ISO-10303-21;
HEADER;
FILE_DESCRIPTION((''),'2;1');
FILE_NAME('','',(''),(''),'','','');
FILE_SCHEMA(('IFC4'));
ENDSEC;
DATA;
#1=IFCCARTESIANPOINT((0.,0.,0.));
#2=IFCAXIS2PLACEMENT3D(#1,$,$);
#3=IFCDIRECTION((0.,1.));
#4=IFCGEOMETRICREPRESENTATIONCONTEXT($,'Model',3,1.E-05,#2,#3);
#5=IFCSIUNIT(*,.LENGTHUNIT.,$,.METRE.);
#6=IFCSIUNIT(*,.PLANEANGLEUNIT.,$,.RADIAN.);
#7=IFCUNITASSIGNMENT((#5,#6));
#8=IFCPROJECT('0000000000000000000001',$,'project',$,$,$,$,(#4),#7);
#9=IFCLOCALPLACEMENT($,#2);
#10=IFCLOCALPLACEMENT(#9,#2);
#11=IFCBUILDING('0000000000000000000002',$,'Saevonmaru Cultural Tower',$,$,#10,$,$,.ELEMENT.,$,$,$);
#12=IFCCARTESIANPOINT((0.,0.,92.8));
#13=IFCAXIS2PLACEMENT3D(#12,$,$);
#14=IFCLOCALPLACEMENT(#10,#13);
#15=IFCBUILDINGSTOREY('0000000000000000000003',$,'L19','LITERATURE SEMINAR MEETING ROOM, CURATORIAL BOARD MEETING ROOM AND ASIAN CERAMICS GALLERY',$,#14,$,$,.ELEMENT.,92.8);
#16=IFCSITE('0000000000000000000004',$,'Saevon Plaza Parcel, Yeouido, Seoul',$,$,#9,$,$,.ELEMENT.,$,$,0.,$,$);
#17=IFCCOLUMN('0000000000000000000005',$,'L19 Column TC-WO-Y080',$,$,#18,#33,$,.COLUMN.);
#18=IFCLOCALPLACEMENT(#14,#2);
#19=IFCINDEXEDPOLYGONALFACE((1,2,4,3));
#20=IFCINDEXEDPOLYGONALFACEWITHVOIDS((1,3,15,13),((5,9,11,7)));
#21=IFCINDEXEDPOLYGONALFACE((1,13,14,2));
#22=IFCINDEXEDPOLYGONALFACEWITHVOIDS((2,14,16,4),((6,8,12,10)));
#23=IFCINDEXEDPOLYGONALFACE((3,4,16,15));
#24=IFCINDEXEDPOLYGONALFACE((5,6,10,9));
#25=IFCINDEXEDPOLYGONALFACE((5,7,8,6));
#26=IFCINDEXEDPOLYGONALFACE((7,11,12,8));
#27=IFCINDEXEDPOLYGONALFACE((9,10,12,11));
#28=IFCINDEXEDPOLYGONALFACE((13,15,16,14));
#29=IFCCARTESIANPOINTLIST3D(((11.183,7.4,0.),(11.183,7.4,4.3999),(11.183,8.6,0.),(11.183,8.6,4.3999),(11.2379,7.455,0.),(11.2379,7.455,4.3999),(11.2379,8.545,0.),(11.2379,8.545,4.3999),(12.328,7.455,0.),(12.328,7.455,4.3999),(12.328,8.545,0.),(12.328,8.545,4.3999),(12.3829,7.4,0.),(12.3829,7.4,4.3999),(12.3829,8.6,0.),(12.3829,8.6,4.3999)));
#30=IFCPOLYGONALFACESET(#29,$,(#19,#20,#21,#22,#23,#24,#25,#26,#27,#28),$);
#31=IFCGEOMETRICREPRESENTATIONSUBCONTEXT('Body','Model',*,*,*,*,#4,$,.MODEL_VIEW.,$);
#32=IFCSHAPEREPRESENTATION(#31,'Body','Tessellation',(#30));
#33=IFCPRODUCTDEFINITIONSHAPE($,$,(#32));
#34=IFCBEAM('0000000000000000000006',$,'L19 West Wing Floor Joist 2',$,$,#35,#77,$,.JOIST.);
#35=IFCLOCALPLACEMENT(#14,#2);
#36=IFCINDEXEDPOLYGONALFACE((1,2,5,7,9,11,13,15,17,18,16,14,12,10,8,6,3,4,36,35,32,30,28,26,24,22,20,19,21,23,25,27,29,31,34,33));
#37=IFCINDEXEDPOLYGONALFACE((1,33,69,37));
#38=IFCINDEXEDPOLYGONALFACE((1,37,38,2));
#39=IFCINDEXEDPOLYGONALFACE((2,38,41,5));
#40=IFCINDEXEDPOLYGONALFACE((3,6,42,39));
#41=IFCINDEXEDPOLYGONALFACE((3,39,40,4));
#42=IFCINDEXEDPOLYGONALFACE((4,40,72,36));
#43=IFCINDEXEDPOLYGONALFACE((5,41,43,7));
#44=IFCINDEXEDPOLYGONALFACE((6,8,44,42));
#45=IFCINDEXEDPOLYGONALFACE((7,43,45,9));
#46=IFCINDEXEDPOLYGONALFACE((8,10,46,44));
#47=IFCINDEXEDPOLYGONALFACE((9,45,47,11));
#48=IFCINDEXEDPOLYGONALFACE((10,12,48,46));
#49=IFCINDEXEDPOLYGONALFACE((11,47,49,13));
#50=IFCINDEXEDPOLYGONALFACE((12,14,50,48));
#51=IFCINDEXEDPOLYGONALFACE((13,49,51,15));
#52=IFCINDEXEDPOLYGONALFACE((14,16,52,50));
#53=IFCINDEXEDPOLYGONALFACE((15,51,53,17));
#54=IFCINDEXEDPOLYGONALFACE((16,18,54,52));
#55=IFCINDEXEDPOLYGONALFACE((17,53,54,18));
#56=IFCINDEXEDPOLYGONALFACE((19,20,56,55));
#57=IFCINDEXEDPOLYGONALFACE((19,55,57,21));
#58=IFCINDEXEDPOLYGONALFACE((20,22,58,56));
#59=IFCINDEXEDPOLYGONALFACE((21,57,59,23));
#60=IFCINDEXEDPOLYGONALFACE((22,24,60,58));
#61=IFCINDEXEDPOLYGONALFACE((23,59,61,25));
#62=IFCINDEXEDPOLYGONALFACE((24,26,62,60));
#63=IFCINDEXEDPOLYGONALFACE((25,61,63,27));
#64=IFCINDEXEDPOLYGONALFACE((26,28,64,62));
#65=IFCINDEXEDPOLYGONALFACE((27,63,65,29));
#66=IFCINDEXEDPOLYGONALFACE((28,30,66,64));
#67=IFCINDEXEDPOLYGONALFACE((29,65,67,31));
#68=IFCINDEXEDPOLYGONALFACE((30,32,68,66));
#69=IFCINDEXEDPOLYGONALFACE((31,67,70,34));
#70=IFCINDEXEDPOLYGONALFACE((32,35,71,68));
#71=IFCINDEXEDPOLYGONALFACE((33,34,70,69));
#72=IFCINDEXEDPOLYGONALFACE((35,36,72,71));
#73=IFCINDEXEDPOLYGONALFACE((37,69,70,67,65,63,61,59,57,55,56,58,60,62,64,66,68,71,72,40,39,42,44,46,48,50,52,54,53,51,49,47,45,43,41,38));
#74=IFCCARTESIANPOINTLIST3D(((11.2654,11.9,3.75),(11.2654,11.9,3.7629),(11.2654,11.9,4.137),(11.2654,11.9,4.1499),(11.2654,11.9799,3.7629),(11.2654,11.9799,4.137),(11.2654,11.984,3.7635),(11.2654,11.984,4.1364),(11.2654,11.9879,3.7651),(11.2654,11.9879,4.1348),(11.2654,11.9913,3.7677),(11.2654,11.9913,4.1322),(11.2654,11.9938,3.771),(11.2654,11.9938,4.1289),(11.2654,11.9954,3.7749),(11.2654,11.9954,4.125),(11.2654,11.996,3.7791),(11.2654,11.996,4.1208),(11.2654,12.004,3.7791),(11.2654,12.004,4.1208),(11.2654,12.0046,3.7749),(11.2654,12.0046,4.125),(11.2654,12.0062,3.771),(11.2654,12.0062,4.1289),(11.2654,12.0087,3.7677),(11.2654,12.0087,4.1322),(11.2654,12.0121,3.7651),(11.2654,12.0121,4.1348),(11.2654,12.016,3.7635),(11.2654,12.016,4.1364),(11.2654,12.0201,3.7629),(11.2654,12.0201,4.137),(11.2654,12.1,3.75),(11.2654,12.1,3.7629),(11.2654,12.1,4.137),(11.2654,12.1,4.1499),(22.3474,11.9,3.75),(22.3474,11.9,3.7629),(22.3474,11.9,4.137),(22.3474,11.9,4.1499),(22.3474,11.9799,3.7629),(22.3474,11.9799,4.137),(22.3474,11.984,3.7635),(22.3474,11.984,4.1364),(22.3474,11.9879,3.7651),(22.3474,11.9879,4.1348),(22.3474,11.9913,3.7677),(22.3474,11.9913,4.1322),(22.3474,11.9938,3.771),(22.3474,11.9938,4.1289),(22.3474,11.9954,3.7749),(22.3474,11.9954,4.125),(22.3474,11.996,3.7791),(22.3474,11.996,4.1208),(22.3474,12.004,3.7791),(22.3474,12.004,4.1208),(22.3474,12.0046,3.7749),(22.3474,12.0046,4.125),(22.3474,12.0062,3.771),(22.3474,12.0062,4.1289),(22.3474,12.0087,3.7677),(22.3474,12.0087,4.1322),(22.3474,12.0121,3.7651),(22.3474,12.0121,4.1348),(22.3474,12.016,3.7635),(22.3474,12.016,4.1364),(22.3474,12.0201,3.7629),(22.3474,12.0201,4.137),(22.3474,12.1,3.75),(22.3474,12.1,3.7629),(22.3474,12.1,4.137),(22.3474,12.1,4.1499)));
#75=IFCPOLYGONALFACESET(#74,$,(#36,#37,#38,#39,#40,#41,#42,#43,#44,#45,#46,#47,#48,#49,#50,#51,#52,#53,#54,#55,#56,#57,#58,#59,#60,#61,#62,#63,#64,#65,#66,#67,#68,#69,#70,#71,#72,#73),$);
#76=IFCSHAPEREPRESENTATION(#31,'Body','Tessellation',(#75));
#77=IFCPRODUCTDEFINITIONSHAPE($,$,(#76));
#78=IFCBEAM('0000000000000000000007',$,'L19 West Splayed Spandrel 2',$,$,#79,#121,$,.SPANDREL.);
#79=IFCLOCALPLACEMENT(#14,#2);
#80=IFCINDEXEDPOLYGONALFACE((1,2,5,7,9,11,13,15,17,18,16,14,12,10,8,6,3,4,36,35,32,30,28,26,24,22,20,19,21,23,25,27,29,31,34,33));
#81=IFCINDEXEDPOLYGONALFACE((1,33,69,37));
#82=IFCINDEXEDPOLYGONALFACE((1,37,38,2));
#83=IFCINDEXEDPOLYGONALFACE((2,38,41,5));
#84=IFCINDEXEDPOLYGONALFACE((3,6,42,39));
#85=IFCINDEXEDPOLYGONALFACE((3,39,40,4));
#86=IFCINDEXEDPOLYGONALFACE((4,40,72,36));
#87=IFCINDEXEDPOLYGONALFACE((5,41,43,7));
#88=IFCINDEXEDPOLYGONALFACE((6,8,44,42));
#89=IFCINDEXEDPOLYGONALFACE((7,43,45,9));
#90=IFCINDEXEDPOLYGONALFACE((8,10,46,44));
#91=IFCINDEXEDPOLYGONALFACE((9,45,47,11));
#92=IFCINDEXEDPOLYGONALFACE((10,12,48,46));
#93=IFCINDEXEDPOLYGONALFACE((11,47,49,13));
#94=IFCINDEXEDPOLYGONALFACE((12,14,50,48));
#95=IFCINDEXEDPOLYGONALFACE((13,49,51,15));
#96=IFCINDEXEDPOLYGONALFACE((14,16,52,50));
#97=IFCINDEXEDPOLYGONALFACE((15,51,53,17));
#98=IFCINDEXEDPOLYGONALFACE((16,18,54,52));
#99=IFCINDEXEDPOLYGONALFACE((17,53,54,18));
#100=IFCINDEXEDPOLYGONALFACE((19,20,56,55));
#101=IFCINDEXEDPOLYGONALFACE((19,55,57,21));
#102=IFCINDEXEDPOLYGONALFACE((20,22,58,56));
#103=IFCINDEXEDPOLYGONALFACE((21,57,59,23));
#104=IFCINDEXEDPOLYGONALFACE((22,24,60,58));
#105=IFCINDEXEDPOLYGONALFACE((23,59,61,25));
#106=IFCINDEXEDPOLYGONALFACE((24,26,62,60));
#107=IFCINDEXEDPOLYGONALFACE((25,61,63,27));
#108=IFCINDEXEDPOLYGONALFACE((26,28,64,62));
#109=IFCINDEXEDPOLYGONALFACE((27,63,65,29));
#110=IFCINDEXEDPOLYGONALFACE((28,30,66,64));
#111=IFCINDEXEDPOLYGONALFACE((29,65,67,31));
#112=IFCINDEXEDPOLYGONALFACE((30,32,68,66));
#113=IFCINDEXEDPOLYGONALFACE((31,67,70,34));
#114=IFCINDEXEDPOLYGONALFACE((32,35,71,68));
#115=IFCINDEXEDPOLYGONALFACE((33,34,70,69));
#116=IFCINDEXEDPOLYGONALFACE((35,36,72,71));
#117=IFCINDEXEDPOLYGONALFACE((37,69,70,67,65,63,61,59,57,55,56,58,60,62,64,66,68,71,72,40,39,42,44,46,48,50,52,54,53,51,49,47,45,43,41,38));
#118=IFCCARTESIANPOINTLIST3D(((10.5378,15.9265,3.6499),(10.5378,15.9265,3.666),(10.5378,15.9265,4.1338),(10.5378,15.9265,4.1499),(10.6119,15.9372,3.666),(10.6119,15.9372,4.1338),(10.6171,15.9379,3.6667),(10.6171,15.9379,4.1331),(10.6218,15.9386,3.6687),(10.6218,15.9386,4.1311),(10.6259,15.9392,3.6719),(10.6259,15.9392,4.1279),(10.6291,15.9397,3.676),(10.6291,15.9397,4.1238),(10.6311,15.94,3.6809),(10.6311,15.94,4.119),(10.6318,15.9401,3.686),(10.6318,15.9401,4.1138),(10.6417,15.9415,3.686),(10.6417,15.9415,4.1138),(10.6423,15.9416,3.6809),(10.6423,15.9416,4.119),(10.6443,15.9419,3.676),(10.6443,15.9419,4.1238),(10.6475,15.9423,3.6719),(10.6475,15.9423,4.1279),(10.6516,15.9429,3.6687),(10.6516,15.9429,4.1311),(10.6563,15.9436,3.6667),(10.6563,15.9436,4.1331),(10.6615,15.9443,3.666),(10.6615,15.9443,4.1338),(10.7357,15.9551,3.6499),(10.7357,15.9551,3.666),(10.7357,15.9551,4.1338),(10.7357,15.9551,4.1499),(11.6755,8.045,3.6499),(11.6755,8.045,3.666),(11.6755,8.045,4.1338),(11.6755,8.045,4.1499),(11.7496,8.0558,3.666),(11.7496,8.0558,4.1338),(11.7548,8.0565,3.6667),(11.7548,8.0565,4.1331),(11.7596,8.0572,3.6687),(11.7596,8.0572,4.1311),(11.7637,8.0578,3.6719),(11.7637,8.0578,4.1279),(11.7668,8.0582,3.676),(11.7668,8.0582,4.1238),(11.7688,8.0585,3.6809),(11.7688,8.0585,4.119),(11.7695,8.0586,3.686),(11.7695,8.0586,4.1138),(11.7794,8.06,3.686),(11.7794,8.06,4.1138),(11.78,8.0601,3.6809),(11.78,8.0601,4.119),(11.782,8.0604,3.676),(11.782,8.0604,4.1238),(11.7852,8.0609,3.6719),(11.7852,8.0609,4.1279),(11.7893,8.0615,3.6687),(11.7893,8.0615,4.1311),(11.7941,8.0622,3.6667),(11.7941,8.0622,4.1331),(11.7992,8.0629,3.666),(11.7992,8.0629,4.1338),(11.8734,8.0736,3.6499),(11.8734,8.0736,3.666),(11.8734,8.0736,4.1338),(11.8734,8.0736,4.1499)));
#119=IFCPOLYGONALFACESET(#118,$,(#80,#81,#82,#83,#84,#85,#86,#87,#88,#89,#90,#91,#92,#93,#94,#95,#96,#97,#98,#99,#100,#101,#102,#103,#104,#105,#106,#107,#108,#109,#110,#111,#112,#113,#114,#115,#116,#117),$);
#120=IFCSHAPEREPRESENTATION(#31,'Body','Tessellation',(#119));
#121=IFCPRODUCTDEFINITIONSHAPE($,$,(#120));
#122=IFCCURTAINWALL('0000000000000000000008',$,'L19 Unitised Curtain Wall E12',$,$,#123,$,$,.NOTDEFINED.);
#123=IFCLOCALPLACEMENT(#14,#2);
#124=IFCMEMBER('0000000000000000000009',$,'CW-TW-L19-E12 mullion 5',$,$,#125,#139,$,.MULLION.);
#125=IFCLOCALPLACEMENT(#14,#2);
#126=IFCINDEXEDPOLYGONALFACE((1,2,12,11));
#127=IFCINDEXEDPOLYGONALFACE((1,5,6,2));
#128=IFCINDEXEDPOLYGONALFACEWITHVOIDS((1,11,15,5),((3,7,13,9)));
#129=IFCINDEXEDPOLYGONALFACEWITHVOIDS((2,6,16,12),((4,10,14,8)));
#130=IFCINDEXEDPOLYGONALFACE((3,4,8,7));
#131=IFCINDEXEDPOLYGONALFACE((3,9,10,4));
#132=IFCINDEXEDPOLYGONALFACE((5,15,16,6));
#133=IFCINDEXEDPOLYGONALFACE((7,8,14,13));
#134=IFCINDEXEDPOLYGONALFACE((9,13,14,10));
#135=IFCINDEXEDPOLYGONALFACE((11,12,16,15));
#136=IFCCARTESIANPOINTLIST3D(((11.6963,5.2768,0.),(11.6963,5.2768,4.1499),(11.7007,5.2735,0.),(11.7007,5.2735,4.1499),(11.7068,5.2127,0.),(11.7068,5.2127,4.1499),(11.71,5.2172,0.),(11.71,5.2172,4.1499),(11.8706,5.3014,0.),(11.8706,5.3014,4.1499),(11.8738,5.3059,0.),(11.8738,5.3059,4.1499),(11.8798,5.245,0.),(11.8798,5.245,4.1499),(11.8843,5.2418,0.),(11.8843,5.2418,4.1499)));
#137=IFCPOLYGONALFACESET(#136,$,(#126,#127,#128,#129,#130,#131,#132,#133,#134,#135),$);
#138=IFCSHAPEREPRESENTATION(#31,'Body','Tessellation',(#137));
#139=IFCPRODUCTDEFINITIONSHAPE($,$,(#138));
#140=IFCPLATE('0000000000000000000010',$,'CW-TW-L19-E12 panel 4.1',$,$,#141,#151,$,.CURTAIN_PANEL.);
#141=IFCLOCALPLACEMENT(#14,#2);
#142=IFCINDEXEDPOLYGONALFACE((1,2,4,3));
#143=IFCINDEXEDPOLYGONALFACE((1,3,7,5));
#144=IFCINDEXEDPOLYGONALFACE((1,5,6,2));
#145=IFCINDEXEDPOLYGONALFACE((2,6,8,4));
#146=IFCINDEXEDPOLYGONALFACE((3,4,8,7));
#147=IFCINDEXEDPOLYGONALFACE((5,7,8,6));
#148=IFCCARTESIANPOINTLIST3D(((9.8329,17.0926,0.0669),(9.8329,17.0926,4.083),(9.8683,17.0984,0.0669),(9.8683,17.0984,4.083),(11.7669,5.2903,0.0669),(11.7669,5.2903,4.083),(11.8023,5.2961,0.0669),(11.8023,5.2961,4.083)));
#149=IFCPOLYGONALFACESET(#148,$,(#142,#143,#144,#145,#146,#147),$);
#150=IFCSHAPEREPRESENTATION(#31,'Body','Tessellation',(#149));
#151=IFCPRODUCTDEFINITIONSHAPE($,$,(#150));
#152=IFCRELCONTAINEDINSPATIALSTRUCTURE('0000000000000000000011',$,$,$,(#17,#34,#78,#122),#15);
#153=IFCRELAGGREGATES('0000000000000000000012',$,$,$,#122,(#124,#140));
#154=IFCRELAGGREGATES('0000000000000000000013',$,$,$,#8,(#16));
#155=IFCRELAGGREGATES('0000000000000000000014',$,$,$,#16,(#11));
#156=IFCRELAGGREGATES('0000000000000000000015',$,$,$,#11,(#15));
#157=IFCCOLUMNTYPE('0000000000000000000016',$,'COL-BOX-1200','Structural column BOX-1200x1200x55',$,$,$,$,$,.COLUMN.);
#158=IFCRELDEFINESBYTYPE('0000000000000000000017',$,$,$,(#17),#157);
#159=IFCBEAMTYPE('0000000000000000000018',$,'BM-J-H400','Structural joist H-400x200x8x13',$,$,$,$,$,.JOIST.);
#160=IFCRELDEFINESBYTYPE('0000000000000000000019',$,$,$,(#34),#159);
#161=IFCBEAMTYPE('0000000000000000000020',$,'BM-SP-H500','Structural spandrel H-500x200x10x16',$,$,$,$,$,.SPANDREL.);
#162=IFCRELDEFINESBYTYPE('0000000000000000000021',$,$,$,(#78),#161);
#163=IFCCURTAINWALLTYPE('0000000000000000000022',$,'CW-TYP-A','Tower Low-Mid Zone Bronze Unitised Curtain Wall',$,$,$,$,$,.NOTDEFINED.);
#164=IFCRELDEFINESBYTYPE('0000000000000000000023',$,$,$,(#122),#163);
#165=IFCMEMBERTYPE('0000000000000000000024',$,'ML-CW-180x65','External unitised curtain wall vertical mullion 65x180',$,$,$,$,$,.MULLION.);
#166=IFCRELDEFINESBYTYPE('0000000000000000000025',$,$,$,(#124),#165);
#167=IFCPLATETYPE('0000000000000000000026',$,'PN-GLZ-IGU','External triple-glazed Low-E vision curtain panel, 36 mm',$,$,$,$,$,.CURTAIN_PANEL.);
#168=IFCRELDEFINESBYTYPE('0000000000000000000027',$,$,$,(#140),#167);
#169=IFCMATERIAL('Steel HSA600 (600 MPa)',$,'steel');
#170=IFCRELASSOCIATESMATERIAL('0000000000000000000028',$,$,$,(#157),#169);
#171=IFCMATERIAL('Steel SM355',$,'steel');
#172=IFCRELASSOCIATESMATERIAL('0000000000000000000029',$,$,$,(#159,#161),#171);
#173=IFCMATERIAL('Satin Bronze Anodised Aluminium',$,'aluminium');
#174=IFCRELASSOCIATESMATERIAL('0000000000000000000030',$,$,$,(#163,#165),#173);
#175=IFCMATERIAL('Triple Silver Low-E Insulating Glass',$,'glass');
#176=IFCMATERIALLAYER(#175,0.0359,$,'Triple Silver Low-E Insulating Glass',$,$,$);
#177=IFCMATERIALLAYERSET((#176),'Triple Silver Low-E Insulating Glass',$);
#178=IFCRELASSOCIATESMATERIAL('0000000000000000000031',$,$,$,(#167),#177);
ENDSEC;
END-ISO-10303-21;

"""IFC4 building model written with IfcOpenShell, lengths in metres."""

from ifc_helpers import new_model, si_unit, direction, frame, origin, origin_2d, place, context, subcontext, project, spatial, rectangle, hollow_rectangle, i_section, extrude, material, layer, layer_set, material_profile, profile_set, type_object, element, aggregate, save


model = new_model("IFC4")

# Units and contexts
model_context = context("Model", 3, precision=1e-05, world=origin(), true_north=direction((0.0, 1.0)))
body_context = subcontext(model_context, "Body", "Model", "MODEL_VIEW")
ifc_project = project(units=[si_unit("LENGTHUNIT", "METRE"), si_unit("PLANEANGLEUNIT", "RADIAN")], contexts=[model_context])

# Site, building, storey
site_placement = place(None, origin())
site = spatial("IfcSite", under=ifc_project, at=site_placement, Name="Saevon Plaza Parcel, Yeouido, Seoul", CompositionType="ELEMENT", RefElevation=0.0)
building_placement = place(site_placement, origin())
building = spatial("IfcBuilding", under=site, at=building_placement, Name="Saevonmaru Cultural Tower", CompositionType="ELEMENT")
storey_placement = place(building_placement, frame((0.0, 0.0, 92.8)))
storey = spatial("IfcBuildingStorey", under=building, at=storey_placement, Name="L19", Description="LITERATURE SEMINAR MEETING ROOM, CURATORIAL BOARD MEETING ROOM AND ASIAN CERAMICS GALLERY", CompositionType="ELEMENT", Elevation=92.8)

# Column
ifc_material_1 = material(Name="Steel HSA600 (600 MPa)", Category="steel")
ifc_material_profile_1 = material_profile(ifc_material_1, hollow_rectangle(XDim=1.2, YDim=1.2, WallThickness=0.0549, at=origin_2d()), Name="BOX-1200x1200x55")
ifc_profile_set_1 = profile_set([ifc_material_profile_1], Name="Steel HSA600 (600 MPa)")
column_type = type_object("IfcColumnType", Name="COL-BOX-1200", Description="Structural column BOX-1200x1200x55", PredefinedType="COLUMN", material=ifc_profile_set_1)
column_placement = place(storey_placement, frame((11.783, 8.0, 0.0), z_axis=(0.0, 0.0, 1.0), x_axis=(1.0, 0.0, 0.0)))
element("IfcColumn", 1, at=column_placement, inside=storey, type_object=column_type, Name="L19 Column TC-WO-Y080", PredefinedType="COLUMN", context=body_context, shape_type="SweptSolid", body=[
    extrude(hollow_rectangle(XDim=1.2, YDim=1.2, WallThickness=0.0549, at=origin_2d()), origin(), (0.0, 0.0, 1.0), 4.3999),
])

# Beams
ifc_material_2 = material(Name="Steel SM355", Category="steel")
ifc_material_profile_2 = material_profile(ifc_material_2, i_section(OverallWidth=0.2, OverallDepth=0.3999, WebThickness=0.0081, FlangeThickness=0.0129, FilletRadius=0.0161, at=origin_2d()), Name="H-400x200x8x13")
ifc_profile_set_2 = profile_set([ifc_material_profile_2], Name="Steel SM355")
beam_type_1 = type_object("IfcBeamType", Name="BM-J-H400", Description="Structural joist H-400x200x8x13", PredefinedType="JOIST", material=ifc_profile_set_2)
beam_1_placement = place(storey_placement, frame((11.2654, 12.0, 3.95), z_axis=(1.0, 0.0, 0.0), x_axis=(0.0, 1.0, 0.0)))
element("IfcBeam", 2, at=beam_1_placement, inside=storey, type_object=beam_type_1, Name="L19 West Wing Floor Joist 2", PredefinedType="JOIST", context=body_context, shape_type="SweptSolid", body=[
    extrude(i_section(OverallWidth=0.2, OverallDepth=0.3999, WebThickness=0.0081, FlangeThickness=0.0129, FilletRadius=0.0161, at=origin_2d()), origin(), (0.0, 0.0, 1.0), 11.082),
])
ifc_material_profile_3 = material_profile(ifc_material_2, i_section(OverallWidth=0.2, OverallDepth=0.5, WebThickness=0.01, FlangeThickness=0.0161, FilletRadius=0.02, at=origin_2d()), Name="H-500x200x10x16")
ifc_profile_set_3 = profile_set([ifc_material_profile_3], Name="Steel SM355")
beam_type_2 = type_object("IfcBeamType", Name="BM-SP-H500", Description="Structural spandrel H-500x200x10x16", PredefinedType="SPANDREL", material=ifc_profile_set_3)
beam_2_placement = place(storey_placement, frame((11.7744, 8.0593, 3.8999), z_axis=(-0.142872, 0.989741, 0.0), x_axis=(-0.989741, -0.142872, 0.0)))
element("IfcBeam", 3, at=beam_2_placement, inside=storey, type_object=beam_type_2, Name="L19 West Splayed Spandrel 2", PredefinedType="SPANDREL", context=body_context, shape_type="SweptSolid", body=[
    extrude(i_section(OverallWidth=0.2, OverallDepth=0.5, WebThickness=0.01, FlangeThickness=0.0161, FilletRadius=0.02, at=origin_2d()), origin(), (0.0, 0.0, 1.0), 7.9631),
])

# Curtain wall, member, plate
ifc_material_3 = material(Name="Satin Bronze Anodised Aluminium", Category="aluminium")
curtain_wall_type = type_object("IfcCurtainWallType", Name="CW-TYP-A", Description="Tower Low-Mid Zone Bronze Unitised Curtain Wall", PredefinedType="NOTDEFINED", material=ifc_material_3)
curtain_wall_placement = place(storey_placement, origin())
curtain_wall = element("IfcCurtainWall", 4, at=curtain_wall_placement, inside=storey, type_object=curtain_wall_type, Name="L19 Unitised Curtain Wall E12", PredefinedType="NOTDEFINED")
ifc_material_profile_4 = material_profile(ifc_material_3, hollow_rectangle(XDim=0.0649, YDim=0.1799, WallThickness=0.0039, at=origin_2d()), Name="ALU-MULL-180x65x4")
ifc_profile_set_4 = profile_set([ifc_material_profile_4], Name="Satin Bronze Anodised Aluminium")
member_type = type_object("IfcMemberType", Name="ML-CW-180x65", Description="External unitised curtain wall vertical mullion 65x180", PredefinedType="MULLION", material=ifc_profile_set_4)
member_placement = place(storey_placement, frame((11.7903, 5.2593, 0.0), z_axis=(0.0, 0.0, 1.0), x_axis=(0.161709, -0.986839, 0.0)))
member = element("IfcMember", 5, at=member_placement, type_object=member_type, Name="CW-TW-L19-E12 mullion 5", PredefinedType="MULLION", context=body_context, shape_type="SweptSolid", body=[
    extrude(hollow_rectangle(XDim=0.0649, YDim=0.1799, WallThickness=0.0039, at=origin_2d()), origin(), (0.0, 0.0, 1.0), 4.1499),
])
ifc_material_4 = material(Name="Triple Silver Low-E Insulating Glass", Category="glass")
ifc_layer_1 = layer(ifc_material_4, 0.0359, Name="Triple Silver Low-E Insulating Glass")
ifc_layer_set_1 = layer_set([ifc_layer_1], Name="Triple Silver Low-E Insulating Glass")
plate_type = type_object("IfcPlateType", Name="PN-GLZ-IGU", Description="External triple-glazed Low-E vision curtain panel, 36 mm", PredefinedType="CURTAIN_PANEL", material=ifc_layer_set_1)
plate_placement = place(storey_placement, frame((10.8176, 11.1943, 0.0669), z_axis=(0.0, 0.0, 1.0), x_axis=(0.161709, -0.986839, 0.0)))
plate = element("IfcPlate", 6, at=plate_placement, type_object=plate_type, Name="CW-TW-L19-E12 panel 4.1", PredefinedType="CURTAIN_PANEL", context=body_context, shape_type="SweptSolid", body=[
    extrude(rectangle(XDim=11.9597, YDim=0.0359, at=origin_2d()), origin(), (0.0, 0.0, 1.0), 4.0161),
])
aggregate(curtain_wall, [member, plate])

save(model, "model.ifc")
